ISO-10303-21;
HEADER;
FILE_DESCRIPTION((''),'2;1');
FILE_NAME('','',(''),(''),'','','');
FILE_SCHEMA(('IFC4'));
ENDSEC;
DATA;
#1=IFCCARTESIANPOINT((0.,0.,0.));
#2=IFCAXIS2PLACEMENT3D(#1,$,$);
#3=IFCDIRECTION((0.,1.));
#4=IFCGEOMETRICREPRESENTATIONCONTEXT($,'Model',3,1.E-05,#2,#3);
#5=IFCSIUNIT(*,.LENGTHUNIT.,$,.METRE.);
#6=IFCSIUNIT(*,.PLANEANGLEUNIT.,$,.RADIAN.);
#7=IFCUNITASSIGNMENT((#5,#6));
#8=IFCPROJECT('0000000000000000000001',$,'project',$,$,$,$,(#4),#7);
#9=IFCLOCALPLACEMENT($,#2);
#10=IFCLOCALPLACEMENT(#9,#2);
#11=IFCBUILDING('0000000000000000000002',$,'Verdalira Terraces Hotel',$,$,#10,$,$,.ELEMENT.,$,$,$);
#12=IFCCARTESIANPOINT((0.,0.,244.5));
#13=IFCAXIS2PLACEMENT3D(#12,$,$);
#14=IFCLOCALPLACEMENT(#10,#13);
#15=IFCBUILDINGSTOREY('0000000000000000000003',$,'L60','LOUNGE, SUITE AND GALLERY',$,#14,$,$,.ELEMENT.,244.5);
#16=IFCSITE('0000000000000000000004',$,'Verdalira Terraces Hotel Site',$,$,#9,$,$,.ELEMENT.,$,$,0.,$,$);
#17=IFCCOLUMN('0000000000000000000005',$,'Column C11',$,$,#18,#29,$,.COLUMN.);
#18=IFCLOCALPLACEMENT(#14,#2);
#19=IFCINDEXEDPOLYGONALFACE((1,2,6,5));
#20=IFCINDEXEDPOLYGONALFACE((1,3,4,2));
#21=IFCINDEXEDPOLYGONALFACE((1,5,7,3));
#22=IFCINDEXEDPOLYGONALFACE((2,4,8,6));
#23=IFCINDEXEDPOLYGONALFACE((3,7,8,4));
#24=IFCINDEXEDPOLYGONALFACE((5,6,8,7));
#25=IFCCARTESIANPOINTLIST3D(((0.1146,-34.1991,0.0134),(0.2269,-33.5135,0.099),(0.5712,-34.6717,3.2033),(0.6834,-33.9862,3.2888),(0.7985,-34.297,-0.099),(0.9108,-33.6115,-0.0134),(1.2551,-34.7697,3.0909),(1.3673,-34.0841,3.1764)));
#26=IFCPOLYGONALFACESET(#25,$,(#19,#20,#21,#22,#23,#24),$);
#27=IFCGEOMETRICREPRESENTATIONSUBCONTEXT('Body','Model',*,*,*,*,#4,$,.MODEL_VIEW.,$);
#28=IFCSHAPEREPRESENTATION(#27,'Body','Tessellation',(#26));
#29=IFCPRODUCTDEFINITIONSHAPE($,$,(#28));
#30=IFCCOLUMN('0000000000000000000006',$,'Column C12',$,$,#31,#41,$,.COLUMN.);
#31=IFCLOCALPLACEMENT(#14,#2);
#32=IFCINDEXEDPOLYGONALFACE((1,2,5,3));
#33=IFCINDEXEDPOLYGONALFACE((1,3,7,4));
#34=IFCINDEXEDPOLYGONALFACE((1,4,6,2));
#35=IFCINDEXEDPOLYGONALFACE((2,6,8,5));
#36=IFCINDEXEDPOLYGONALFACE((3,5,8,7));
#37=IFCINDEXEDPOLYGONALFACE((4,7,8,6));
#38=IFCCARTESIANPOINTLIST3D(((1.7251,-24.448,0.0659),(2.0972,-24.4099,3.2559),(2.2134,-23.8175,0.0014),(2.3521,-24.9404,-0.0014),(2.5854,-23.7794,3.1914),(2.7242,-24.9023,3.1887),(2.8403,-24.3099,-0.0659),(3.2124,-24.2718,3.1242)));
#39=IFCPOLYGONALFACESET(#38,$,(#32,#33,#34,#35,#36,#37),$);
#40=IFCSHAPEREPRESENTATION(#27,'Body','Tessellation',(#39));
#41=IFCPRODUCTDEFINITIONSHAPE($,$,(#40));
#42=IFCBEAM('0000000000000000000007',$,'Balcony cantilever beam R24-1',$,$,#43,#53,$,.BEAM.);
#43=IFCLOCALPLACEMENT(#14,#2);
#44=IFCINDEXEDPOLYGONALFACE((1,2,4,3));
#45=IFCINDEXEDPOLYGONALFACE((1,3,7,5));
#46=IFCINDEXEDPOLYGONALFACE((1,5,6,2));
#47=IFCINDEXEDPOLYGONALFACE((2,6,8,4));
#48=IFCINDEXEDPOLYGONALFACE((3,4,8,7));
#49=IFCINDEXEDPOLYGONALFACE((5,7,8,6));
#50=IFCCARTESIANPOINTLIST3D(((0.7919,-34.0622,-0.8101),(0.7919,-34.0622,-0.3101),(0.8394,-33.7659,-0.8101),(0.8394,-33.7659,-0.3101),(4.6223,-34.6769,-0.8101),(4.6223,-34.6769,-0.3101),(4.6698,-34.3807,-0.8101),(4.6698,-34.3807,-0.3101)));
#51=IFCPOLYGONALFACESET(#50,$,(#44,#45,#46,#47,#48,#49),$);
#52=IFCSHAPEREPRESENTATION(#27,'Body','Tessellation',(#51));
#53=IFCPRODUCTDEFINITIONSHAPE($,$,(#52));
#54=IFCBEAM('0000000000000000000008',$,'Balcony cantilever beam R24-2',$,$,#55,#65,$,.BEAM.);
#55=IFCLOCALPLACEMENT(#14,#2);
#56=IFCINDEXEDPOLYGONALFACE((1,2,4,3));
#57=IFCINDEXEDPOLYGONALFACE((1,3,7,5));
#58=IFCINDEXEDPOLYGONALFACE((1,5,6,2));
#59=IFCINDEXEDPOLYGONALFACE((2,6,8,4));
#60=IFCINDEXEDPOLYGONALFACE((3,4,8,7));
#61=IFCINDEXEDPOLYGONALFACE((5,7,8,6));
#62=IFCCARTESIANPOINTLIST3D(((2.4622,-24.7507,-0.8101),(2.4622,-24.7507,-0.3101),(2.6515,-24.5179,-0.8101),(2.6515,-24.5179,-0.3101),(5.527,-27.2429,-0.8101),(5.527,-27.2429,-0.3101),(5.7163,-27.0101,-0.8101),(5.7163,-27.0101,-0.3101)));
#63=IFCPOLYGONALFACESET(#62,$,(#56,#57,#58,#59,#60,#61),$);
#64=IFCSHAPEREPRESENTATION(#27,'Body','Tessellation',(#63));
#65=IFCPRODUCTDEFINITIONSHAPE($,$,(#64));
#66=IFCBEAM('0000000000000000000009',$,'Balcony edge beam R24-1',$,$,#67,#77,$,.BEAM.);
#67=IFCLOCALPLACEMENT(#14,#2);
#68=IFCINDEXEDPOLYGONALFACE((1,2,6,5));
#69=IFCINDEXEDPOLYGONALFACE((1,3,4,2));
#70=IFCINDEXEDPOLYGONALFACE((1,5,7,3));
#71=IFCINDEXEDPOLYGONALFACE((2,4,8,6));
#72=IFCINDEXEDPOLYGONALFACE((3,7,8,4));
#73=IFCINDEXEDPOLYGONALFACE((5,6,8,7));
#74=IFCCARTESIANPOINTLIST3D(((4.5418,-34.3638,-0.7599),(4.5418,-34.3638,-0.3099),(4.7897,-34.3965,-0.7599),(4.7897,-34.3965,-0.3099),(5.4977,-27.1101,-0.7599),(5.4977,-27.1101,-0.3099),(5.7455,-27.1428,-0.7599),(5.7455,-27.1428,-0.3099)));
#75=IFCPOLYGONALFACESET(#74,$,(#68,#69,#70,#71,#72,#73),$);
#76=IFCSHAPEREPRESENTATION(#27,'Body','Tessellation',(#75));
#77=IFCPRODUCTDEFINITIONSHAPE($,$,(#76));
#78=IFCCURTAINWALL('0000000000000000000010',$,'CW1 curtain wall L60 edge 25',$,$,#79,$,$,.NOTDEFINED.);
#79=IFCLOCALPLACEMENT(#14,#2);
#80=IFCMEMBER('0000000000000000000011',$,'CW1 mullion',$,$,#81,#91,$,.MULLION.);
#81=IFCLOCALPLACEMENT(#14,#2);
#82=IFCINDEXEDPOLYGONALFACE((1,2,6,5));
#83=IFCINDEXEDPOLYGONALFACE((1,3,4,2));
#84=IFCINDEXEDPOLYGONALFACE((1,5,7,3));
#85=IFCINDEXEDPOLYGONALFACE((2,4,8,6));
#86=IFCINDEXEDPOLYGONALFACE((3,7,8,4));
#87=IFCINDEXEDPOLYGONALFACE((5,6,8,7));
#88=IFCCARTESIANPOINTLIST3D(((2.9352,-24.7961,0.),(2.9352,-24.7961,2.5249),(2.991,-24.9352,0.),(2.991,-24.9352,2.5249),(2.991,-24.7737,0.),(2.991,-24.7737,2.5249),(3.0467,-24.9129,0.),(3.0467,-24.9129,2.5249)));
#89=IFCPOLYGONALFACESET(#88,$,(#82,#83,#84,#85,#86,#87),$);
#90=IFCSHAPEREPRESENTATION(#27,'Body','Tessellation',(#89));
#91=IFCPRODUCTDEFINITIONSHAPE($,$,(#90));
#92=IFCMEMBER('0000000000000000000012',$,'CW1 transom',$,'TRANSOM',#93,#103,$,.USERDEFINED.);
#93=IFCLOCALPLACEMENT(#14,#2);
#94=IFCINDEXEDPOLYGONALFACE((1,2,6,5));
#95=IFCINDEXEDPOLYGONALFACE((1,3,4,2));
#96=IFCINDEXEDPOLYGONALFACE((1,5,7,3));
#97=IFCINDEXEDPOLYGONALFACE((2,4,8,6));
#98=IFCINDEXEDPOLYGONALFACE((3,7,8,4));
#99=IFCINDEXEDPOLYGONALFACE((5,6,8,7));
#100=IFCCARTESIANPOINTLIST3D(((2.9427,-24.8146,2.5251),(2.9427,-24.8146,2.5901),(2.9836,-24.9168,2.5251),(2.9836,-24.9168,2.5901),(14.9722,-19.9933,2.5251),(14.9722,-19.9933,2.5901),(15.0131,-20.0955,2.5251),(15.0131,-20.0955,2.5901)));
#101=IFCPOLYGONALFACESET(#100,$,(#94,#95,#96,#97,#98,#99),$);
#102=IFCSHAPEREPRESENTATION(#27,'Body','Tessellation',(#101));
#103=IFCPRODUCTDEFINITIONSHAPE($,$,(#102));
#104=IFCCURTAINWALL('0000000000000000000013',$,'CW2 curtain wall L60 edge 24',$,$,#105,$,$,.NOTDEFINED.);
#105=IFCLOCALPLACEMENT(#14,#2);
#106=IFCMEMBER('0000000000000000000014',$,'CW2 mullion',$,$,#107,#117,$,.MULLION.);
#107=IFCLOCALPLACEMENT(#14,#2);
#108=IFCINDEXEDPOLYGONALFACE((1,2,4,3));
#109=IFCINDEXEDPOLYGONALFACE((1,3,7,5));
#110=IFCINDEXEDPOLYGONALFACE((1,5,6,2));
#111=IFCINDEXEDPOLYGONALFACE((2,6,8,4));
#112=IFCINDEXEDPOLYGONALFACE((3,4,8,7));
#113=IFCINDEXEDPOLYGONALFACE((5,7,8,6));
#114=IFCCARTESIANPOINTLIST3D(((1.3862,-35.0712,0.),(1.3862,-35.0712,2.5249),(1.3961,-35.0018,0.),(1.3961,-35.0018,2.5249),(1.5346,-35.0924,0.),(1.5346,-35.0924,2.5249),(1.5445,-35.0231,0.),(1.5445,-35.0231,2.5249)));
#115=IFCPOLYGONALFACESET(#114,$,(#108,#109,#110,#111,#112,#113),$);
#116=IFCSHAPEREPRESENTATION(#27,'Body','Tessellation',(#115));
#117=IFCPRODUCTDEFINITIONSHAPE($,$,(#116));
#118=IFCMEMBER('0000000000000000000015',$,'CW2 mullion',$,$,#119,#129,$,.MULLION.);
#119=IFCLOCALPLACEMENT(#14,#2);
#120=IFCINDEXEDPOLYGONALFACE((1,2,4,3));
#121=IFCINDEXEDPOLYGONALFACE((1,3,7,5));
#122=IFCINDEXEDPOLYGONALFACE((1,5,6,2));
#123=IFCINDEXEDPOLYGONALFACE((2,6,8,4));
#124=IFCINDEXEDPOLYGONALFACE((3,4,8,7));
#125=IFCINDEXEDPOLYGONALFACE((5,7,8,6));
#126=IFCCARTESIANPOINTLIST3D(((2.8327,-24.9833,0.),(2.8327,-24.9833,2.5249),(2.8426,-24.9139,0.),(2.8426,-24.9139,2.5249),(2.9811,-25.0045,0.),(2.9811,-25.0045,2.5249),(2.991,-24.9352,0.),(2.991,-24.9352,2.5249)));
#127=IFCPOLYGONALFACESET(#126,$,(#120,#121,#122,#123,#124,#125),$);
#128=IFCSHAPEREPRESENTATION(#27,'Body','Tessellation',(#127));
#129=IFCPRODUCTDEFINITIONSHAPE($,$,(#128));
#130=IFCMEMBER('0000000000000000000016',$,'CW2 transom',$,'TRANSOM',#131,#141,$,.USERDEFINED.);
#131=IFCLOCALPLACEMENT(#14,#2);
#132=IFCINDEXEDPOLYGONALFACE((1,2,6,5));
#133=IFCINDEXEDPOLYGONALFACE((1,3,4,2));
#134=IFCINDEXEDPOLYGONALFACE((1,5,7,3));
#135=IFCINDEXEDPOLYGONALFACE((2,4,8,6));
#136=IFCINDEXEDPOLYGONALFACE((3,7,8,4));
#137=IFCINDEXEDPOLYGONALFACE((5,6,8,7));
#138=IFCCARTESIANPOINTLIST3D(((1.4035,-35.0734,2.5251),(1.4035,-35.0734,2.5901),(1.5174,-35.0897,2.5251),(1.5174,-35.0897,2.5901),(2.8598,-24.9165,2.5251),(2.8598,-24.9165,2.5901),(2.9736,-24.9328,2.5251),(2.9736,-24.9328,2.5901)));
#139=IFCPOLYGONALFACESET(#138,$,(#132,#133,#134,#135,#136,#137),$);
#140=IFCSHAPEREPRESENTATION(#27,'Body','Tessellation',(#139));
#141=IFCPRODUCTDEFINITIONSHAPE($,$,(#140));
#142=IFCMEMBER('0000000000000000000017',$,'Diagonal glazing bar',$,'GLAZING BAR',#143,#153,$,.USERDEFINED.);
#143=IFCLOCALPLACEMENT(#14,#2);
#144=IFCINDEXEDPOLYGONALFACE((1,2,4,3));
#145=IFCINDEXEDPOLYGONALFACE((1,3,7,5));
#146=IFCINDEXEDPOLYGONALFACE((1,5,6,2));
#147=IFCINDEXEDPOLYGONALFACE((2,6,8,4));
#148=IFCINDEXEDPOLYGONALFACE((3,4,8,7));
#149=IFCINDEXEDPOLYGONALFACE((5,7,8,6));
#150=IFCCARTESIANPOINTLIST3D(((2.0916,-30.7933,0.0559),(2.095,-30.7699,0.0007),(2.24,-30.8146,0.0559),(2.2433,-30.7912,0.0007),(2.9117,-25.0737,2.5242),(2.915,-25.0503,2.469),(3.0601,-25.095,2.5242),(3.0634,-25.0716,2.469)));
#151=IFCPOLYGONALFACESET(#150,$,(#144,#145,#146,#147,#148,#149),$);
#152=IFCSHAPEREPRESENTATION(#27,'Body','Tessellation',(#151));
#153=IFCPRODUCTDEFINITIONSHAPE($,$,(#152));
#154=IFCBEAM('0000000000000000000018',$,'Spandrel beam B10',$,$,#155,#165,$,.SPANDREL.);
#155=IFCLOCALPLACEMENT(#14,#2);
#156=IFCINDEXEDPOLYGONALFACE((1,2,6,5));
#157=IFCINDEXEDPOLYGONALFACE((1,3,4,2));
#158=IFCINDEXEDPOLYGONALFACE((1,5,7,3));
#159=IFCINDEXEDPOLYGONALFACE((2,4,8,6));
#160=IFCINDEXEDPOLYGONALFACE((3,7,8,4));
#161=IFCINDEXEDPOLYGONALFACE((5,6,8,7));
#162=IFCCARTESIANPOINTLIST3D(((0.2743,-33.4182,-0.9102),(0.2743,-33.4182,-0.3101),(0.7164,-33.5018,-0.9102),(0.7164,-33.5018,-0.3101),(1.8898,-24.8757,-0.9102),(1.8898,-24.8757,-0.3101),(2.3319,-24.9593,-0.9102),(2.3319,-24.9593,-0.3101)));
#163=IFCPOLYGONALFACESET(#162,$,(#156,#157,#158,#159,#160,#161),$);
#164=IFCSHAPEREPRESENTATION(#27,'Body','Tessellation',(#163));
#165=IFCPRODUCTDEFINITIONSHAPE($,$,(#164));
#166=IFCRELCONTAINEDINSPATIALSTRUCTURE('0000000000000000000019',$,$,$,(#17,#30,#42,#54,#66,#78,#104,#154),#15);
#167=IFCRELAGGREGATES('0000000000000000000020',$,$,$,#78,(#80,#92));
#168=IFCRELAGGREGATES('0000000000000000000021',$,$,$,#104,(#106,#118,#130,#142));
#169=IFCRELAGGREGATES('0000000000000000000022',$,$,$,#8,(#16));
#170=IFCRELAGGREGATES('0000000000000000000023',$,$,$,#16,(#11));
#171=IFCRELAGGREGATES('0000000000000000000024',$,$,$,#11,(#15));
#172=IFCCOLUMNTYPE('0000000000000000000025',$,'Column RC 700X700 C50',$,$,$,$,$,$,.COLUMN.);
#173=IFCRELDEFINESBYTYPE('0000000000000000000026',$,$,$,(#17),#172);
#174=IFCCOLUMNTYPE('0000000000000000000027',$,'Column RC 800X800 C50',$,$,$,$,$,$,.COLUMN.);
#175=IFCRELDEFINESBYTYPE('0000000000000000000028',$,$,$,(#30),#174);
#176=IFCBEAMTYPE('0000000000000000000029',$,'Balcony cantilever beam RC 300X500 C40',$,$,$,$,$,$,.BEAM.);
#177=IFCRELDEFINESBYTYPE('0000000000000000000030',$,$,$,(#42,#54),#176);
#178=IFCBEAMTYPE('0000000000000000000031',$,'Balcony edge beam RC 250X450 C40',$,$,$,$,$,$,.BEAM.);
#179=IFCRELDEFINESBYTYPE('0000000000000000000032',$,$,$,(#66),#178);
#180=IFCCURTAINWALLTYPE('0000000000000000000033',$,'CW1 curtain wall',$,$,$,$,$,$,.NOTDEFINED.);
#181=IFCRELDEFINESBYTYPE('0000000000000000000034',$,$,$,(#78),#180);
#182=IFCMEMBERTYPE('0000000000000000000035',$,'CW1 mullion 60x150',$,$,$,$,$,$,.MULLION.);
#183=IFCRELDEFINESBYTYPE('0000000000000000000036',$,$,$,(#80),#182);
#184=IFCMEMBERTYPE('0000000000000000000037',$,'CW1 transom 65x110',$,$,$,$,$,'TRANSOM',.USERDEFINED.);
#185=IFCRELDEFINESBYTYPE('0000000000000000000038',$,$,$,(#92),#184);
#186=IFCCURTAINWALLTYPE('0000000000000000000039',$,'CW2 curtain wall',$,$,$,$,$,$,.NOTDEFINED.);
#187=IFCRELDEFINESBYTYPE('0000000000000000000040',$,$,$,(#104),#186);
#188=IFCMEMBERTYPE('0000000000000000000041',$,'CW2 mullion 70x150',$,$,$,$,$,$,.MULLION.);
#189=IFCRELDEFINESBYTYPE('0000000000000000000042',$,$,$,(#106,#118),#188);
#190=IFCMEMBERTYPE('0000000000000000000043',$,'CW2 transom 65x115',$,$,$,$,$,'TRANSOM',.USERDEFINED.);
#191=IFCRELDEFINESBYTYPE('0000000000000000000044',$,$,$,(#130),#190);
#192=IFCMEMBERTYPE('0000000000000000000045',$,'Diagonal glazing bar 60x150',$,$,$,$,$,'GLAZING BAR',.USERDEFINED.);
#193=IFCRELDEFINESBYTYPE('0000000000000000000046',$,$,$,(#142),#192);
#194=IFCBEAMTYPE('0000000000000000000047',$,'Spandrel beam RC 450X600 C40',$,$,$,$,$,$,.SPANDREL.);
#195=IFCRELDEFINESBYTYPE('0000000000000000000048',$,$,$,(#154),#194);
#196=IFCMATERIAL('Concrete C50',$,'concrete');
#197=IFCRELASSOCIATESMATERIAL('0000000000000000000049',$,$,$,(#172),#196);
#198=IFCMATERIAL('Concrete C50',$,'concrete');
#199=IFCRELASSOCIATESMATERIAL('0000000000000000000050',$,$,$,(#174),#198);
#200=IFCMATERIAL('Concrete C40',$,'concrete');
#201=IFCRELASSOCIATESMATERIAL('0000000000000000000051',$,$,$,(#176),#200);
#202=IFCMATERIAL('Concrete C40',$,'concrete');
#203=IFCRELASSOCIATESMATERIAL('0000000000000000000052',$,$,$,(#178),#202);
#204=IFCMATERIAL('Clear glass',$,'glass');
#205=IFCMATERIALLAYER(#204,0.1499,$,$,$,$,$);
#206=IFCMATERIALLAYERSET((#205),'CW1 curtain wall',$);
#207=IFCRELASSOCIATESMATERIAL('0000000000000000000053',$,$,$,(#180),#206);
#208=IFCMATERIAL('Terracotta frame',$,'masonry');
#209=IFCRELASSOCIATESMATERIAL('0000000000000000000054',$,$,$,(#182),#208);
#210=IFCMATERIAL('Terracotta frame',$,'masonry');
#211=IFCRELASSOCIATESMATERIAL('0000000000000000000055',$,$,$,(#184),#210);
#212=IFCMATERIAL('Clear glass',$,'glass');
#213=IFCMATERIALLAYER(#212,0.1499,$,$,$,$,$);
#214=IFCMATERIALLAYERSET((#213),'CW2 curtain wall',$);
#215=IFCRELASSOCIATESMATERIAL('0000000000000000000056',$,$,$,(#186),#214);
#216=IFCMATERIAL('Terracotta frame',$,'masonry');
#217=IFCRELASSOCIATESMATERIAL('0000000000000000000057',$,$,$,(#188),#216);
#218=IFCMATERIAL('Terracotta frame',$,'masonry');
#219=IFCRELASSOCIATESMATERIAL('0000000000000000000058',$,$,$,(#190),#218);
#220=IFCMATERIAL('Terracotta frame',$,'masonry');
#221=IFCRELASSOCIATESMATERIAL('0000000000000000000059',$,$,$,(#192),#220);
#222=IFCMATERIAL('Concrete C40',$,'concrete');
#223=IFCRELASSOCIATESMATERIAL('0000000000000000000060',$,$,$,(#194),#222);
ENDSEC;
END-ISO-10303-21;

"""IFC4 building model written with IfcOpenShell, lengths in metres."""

from ifc_helpers import new_model, si_unit, direction, frame, origin, origin_2d, place, context, subcontext, project, spatial, rectangle, extrude, material, layer, layer_set, material_profile, profile_set, type_object, element, aggregate, save


model = new_model("IFC4")

# Units and contexts
model_context = context("Model", 3, precision=1e-05, world=origin(), true_north=direction((0.0, 1.0)))
body_context = subcontext(model_context, "Body", "Model", "MODEL_VIEW")
ifc_project = project(units=[si_unit("LENGTHUNIT", "METRE"), si_unit("PLANEANGLEUNIT", "RADIAN")], contexts=[model_context])

# Site, building, storey
site_placement = place(None, origin())
site = spatial("IfcSite", under=ifc_project, at=site_placement, Name="Verdalira Terraces Hotel Site", CompositionType="ELEMENT", RefElevation=0.0)
building_placement = place(site_placement, origin())
building = spatial("IfcBuilding", under=site, at=building_placement, Name="Verdalira Terraces Hotel", CompositionType="ELEMENT")
storey_placement = place(building_placement, frame((0.0, 0.0, 244.5)))
storey = spatial("IfcBuildingStorey", under=building, at=storey_placement, Name="L60", Description="LOUNGE, SUITE AND GALLERY", CompositionType="ELEMENT", Elevation=244.5)

# Columns
ifc_material_1 = material(Name="Concrete C50", Category="concrete")
ifc_material_profile_1 = material_profile(ifc_material_1, rectangle(XDim=0.7, YDim=0.7, at=origin_2d()), Name="RC 700X700")
ifc_profile_set_1 = profile_set([ifc_material_profile_1], Name="Concrete C50")
column_type_1 = type_object("IfcColumnType", Name="Column RC 700X700 C50", PredefinedType="COLUMN", material=ifc_profile_set_1)
column_1_placement = place(storey_placement, frame((0.5127, -33.9053, 0.0), z_axis=(0.140176, -0.145123, 0.979433), x_axis=(0.160356, 0.979468, 0.122179)))
element("IfcColumn", 1, at=column_1_placement, inside=storey, type_object=column_type_1, Name="Column C11", PredefinedType="COLUMN", context=body_context, shape_type="SweptSolid", body=[
    extrude(rectangle(XDim=0.7, YDim=0.7, at=origin_2d()), origin(), (0.0, 0.0, 1.0), 3.2568),
])
ifc_material_2 = material(Name="Concrete C50", Category="concrete")
ifc_material_profile_2 = material_profile(ifc_material_2, rectangle(XDim=0.8, YDim=0.8, at=origin_2d()), Name="RC 800X800")
ifc_profile_set_2 = profile_set([ifc_material_profile_2], Name="Concrete C50")
column_type_2 = type_object("IfcColumnType", Name="Column RC 800X800 C50", PredefinedType="COLUMN", material=ifc_profile_set_2)
column_2_placement = place(storey_placement, frame((2.2827, -24.3789, 0.0), z_axis=(0.115845, 0.011858, 0.993197), x_axis=(-0.610286, -0.788071, 0.080592)))
element("IfcColumn", 2, at=column_2_placement, inside=storey, type_object=column_type_2, Name="Column C12", PredefinedType="COLUMN", context=body_context, shape_type="SweptSolid", body=[
    extrude(rectangle(XDim=0.8, YDim=0.8, at=origin_2d()), origin(), (0.0, 0.0, 1.0), 3.2119),
])

# Beams
ifc_material_3 = material(Name="Concrete C40", Category="concrete")
ifc_material_profile_3 = material_profile(ifc_material_3, rectangle(XDim=0.3, YDim=0.5, at=origin_2d()), Name="RC 300X500")
ifc_profile_set_3 = profile_set([ifc_material_profile_3], Name="Concrete C40")
beam_type_1 = type_object("IfcBeamType", Name="Balcony cantilever beam RC 300X500 C40", PredefinedType="BEAM", material=ifc_profile_set_3)
beam_1_placement = place(storey_placement, frame((0.8157, -33.9141, -0.5601), z_axis=(0.987364, -0.158467, 0.0), x_axis=(0.158467, 0.987364, 0.0)))
element("IfcBeam", 3, at=beam_1_placement, inside=storey, type_object=beam_type_1, Name="Balcony cantilever beam R24-1", PredefinedType="BEAM", context=body_context, shape_type="SweptSolid", body=[
    extrude(rectangle(XDim=0.3, YDim=0.5, at=origin_2d()), origin(), (0.0, 0.0, 1.0), 3.8794),
])
beam_2_placement = place(storey_placement, frame((2.5569, -24.6343, -0.5601), z_axis=(0.775851, -0.630916, 0.0), x_axis=(0.630916, 0.775851, 0.0)))
element("IfcBeam", 4, at=beam_2_placement, inside=storey, type_object=beam_type_1, Name="Balcony cantilever beam R24-2", PredefinedType="BEAM", context=body_context, shape_type="SweptSolid", body=[
    extrude(rectangle(XDim=0.3, YDim=0.5, at=origin_2d()), origin(), (0.0, 0.0, 1.0), 3.9502),
])
ifc_material_4 = material(Name="Concrete C40", Category="concrete")
ifc_material_profile_4 = material_profile(ifc_material_4, rectangle(XDim=0.25, YDim=0.45, at=origin_2d()), Name="RC 250X450")
ifc_profile_set_4 = profile_set([ifc_material_profile_4], Name="Concrete C40")
beam_type_2 = type_object("IfcBeamType", Name="Balcony edge beam RC 250X450 C40", PredefinedType="BEAM", material=ifc_profile_set_4)
beam_3_placement = place(storey_placement, frame((4.6658, -34.3801, -0.5349), z_axis=(0.13064, 0.99143, 0.0), x_axis=(-0.99143, 0.13064, 0.0)))
element("IfcBeam", 5, at=beam_3_placement, inside=storey, type_object=beam_type_2, Name="Balcony edge beam R24-1", PredefinedType="BEAM", context=body_context, shape_type="SweptSolid", body=[
    extrude(rectangle(XDim=0.25, YDim=0.45, at=origin_2d()), origin(), (0.0, 0.0, 1.0), 7.3164),
])

# Curtain walls, members
ifc_material_5 = material(Name="Clear glass", Category="glass")
ifc_layer_1 = layer(ifc_material_5, 0.1499)
ifc_layer_set_1 = layer_set([ifc_layer_1], Name="CW1 curtain wall")
curtain_wall_type_1 = type_object("IfcCurtainWallType", Name="CW1 curtain wall", PredefinedType="NOTDEFINED", material=ifc_layer_set_1)
curtain_wall_1_placement = place(storey_placement, origin())
curtain_wall_1 = element("IfcCurtainWall", 6, at=curtain_wall_1_placement, inside=storey, type_object=curtain_wall_type_1, Name="CW1 curtain wall L60 edge 25", PredefinedType="NOTDEFINED")
ifc_material_6 = material(Name="Terracotta frame", Category="masonry")
ifc_material_profile_5 = material_profile(ifc_material_6, rectangle(XDim=0.0601, YDim=0.1499, at=origin_2d()), Name="MU 60x150")
ifc_profile_set_5 = profile_set([ifc_material_profile_5], Name="Terracotta frame")
member_type_1 = type_object("IfcMemberType", Name="CW1 mullion 60x150", PredefinedType="MULLION", material=ifc_profile_set_5)
member_1_placement = place(storey_placement, frame((2.991, -24.8545, 0.0), z_axis=(0.0, 0.0, 1.0), x_axis=(0.928226, 0.372016, 0.0)))
member_1 = element("IfcMember", 7, at=member_1_placement, type_object=member_type_1, Name="CW1 mullion", PredefinedType="MULLION", context=body_context, shape_type="SweptSolid", body=[
    extrude(rectangle(XDim=0.0601, YDim=0.1499, at=origin_2d()), origin(), (0.0, 0.0, 1.0), 2.5249),
])
ifc_material_7 = material(Name="Terracotta frame", Category="masonry")
ifc_material_profile_6 = material_profile(ifc_material_7, rectangle(XDim=0.1101, YDim=0.0649, at=origin_2d()), Name="TR 65x110")
ifc_profile_set_6 = profile_set([ifc_material_profile_6], Name="Terracotta frame")
member_type_2 = type_object("IfcMemberType", Name="CW1 transom 65x110", ElementType="TRANSOM", PredefinedType="USERDEFINED", material=ifc_profile_set_6)
member_2_placement = place(storey_placement, frame((2.9631, -24.8657, 2.5576), z_axis=(0.928224, 0.372021, 0.0), x_axis=(-0.372021, 0.928224, 0.0)))
member_2 = element("IfcMember", 8, at=member_2_placement, type_object=member_type_2, Name="CW1 transom", ObjectType="TRANSOM", PredefinedType="USERDEFINED", context=body_context, shape_type="SweptSolid", body=[
    extrude(rectangle(XDim=0.1101, YDim=0.0649, at=origin_2d()), origin(), (0.0, 0.0, 1.0), 12.9597),
])
aggregate(curtain_wall_1, [member_1, member_2])
ifc_material_8 = material(Name="Clear glass", Category="glass")
ifc_layer_2 = layer(ifc_material_8, 0.1499)
ifc_layer_set_2 = layer_set([ifc_layer_2], Name="CW2 curtain wall")
curtain_wall_type_2 = type_object("IfcCurtainWallType", Name="CW2 curtain wall", PredefinedType="NOTDEFINED", material=ifc_layer_set_2)
curtain_wall_2_placement = place(storey_placement, origin())
curtain_wall_2 = element("IfcCurtainWall", 9, at=curtain_wall_2_placement, inside=storey, type_object=curtain_wall_type_2, Name="CW2 curtain wall L60 edge 24", PredefinedType="NOTDEFINED")
ifc_material_9 = material(Name="Terracotta frame", Category="masonry")
ifc_material_profile_7 = material_profile(ifc_material_9, rectangle(XDim=0.0701, YDim=0.1499, at=origin_2d()), Name="MU 70x150")
ifc_profile_set_7 = profile_set([ifc_material_profile_7], Name="Terracotta frame")
member_type_3 = type_object("IfcMemberType", Name="CW2 mullion 70x150", PredefinedType="MULLION", material=ifc_profile_set_7)
member_3_placement = place(storey_placement, frame((1.4653, -35.0471, 0.0), z_axis=(0.0, 0.0, 1.0), x_axis=(0.141938, 0.989876, 0.0)))
member_3 = element("IfcMember", 10, at=member_3_placement, type_object=member_type_3, Name="CW2 mullion", PredefinedType="MULLION", context=body_context, shape_type="SweptSolid", body=[
    extrude(rectangle(XDim=0.0701, YDim=0.1499, at=origin_2d()), origin(), (0.0, 0.0, 1.0), 2.5249),
])
member_4_placement = place(storey_placement, frame((2.9119, -24.9592, 0.0), z_axis=(0.0, 0.0, 1.0), x_axis=(0.141938, 0.989876, 0.0)))
member_4 = element("IfcMember", 11, at=member_4_placement, type_object=member_type_3, Name="CW2 mullion", PredefinedType="MULLION", context=body_context, shape_type="SweptSolid", body=[
    extrude(rectangle(XDim=0.0701, YDim=0.1499, at=origin_2d()), origin(), (0.0, 0.0, 1.0), 2.5249),
])
ifc_material_10 = material(Name="Terracotta frame", Category="masonry")
ifc_material_profile_8 = material_profile(ifc_material_10, rectangle(XDim=0.115, YDim=0.0649, at=origin_2d()), Name="TR 65x115")
ifc_profile_set_8 = profile_set([ifc_material_profile_8], Name="Terracotta frame")
member_type_4 = type_object("IfcMemberType", Name="CW2 transom 65x115", ElementType="TRANSOM", PredefinedType="USERDEFINED", material=ifc_profile_set_8)
member_5_placement = place(storey_placement, frame((1.4604, -35.0815, 2.5576), z_axis=(0.141928, 0.989877, 0.0), x_axis=(-0.989877, 0.141928, 0.0)))
member_5 = element("IfcMember", 12, at=member_5_placement, type_object=member_type_4, Name="CW2 transom", ObjectType="TRANSOM", PredefinedType="USERDEFINED", context=body_context, shape_type="SweptSolid", body=[
    extrude(rectangle(XDim=0.115, YDim=0.0649, at=origin_2d()), origin(), (0.0, 0.0, 1.0), 10.2607),
])
ifc_material_11 = material(Name="Terracotta frame", Category="masonry")
ifc_material_profile_9 = material_profile(ifc_material_11, rectangle(XDim=0.1499, YDim=0.0601, at=origin_2d()), Name="GB 60x150")
ifc_profile_set_9 = profile_set([ifc_material_profile_9], Name="Terracotta frame")
member_type_5 = type_object("IfcMemberType", Name="Diagonal glazing bar 60x150", ElementType="GLAZING BAR", PredefinedType="USERDEFINED", material=ifc_profile_set_9)
member_6_placement = place(storey_placement, frame((2.1675, -30.7922, 0.0283), z_axis=(0.13052, 0.910297, 0.392842), x_axis=(-0.989877, 0.14193, 0.0)))
member_6 = element("IfcMember", 13, at=member_6_placement, type_object=member_type_5, Name="Diagonal glazing bar", ObjectType="GLAZING BAR", PredefinedType="USERDEFINED", context=body_context, shape_type="SweptSolid", body=[
    extrude(rectangle(XDim=0.1499, YDim=0.0601, at=origin_2d()), origin(), (0.0, 0.0, 1.0), 6.2832),
])

# Beam
ifc_material_12 = material(Name="Concrete C40", Category="concrete")
ifc_material_profile_10 = material_profile(ifc_material_12, rectangle(XDim=0.45, YDim=0.6001, at=origin_2d()), Name="RC 450X600")
ifc_profile_set_10 = profile_set([ifc_material_profile_10], Name="Concrete C40")
beam_type_3 = type_object("IfcBeamType", Name="Spandrel beam RC 450X600 C40", PredefinedType="SPANDREL", material=ifc_profile_set_10)
beam_4_placement = place(storey_placement, frame((0.4954, -33.46, -0.6101), z_axis=(0.185818, 0.982584, 0.0), x_axis=(-0.982584, 0.185818, 0.0)))
element("IfcBeam", 14, at=beam_4_placement, inside=storey, type_object=beam_type_3, Name="Spandrel beam B10", PredefinedType="SPANDREL", context=body_context, shape_type="SweptSolid", body=[
    extrude(rectangle(XDim=0.45, YDim=0.6001, at=origin_2d()), origin(), (0.0, 0.0, 1.0), 8.6938),
])

aggregate(curtain_wall_2, [member_3, member_4, member_5, member_6])

save(model, "model.ifc")
